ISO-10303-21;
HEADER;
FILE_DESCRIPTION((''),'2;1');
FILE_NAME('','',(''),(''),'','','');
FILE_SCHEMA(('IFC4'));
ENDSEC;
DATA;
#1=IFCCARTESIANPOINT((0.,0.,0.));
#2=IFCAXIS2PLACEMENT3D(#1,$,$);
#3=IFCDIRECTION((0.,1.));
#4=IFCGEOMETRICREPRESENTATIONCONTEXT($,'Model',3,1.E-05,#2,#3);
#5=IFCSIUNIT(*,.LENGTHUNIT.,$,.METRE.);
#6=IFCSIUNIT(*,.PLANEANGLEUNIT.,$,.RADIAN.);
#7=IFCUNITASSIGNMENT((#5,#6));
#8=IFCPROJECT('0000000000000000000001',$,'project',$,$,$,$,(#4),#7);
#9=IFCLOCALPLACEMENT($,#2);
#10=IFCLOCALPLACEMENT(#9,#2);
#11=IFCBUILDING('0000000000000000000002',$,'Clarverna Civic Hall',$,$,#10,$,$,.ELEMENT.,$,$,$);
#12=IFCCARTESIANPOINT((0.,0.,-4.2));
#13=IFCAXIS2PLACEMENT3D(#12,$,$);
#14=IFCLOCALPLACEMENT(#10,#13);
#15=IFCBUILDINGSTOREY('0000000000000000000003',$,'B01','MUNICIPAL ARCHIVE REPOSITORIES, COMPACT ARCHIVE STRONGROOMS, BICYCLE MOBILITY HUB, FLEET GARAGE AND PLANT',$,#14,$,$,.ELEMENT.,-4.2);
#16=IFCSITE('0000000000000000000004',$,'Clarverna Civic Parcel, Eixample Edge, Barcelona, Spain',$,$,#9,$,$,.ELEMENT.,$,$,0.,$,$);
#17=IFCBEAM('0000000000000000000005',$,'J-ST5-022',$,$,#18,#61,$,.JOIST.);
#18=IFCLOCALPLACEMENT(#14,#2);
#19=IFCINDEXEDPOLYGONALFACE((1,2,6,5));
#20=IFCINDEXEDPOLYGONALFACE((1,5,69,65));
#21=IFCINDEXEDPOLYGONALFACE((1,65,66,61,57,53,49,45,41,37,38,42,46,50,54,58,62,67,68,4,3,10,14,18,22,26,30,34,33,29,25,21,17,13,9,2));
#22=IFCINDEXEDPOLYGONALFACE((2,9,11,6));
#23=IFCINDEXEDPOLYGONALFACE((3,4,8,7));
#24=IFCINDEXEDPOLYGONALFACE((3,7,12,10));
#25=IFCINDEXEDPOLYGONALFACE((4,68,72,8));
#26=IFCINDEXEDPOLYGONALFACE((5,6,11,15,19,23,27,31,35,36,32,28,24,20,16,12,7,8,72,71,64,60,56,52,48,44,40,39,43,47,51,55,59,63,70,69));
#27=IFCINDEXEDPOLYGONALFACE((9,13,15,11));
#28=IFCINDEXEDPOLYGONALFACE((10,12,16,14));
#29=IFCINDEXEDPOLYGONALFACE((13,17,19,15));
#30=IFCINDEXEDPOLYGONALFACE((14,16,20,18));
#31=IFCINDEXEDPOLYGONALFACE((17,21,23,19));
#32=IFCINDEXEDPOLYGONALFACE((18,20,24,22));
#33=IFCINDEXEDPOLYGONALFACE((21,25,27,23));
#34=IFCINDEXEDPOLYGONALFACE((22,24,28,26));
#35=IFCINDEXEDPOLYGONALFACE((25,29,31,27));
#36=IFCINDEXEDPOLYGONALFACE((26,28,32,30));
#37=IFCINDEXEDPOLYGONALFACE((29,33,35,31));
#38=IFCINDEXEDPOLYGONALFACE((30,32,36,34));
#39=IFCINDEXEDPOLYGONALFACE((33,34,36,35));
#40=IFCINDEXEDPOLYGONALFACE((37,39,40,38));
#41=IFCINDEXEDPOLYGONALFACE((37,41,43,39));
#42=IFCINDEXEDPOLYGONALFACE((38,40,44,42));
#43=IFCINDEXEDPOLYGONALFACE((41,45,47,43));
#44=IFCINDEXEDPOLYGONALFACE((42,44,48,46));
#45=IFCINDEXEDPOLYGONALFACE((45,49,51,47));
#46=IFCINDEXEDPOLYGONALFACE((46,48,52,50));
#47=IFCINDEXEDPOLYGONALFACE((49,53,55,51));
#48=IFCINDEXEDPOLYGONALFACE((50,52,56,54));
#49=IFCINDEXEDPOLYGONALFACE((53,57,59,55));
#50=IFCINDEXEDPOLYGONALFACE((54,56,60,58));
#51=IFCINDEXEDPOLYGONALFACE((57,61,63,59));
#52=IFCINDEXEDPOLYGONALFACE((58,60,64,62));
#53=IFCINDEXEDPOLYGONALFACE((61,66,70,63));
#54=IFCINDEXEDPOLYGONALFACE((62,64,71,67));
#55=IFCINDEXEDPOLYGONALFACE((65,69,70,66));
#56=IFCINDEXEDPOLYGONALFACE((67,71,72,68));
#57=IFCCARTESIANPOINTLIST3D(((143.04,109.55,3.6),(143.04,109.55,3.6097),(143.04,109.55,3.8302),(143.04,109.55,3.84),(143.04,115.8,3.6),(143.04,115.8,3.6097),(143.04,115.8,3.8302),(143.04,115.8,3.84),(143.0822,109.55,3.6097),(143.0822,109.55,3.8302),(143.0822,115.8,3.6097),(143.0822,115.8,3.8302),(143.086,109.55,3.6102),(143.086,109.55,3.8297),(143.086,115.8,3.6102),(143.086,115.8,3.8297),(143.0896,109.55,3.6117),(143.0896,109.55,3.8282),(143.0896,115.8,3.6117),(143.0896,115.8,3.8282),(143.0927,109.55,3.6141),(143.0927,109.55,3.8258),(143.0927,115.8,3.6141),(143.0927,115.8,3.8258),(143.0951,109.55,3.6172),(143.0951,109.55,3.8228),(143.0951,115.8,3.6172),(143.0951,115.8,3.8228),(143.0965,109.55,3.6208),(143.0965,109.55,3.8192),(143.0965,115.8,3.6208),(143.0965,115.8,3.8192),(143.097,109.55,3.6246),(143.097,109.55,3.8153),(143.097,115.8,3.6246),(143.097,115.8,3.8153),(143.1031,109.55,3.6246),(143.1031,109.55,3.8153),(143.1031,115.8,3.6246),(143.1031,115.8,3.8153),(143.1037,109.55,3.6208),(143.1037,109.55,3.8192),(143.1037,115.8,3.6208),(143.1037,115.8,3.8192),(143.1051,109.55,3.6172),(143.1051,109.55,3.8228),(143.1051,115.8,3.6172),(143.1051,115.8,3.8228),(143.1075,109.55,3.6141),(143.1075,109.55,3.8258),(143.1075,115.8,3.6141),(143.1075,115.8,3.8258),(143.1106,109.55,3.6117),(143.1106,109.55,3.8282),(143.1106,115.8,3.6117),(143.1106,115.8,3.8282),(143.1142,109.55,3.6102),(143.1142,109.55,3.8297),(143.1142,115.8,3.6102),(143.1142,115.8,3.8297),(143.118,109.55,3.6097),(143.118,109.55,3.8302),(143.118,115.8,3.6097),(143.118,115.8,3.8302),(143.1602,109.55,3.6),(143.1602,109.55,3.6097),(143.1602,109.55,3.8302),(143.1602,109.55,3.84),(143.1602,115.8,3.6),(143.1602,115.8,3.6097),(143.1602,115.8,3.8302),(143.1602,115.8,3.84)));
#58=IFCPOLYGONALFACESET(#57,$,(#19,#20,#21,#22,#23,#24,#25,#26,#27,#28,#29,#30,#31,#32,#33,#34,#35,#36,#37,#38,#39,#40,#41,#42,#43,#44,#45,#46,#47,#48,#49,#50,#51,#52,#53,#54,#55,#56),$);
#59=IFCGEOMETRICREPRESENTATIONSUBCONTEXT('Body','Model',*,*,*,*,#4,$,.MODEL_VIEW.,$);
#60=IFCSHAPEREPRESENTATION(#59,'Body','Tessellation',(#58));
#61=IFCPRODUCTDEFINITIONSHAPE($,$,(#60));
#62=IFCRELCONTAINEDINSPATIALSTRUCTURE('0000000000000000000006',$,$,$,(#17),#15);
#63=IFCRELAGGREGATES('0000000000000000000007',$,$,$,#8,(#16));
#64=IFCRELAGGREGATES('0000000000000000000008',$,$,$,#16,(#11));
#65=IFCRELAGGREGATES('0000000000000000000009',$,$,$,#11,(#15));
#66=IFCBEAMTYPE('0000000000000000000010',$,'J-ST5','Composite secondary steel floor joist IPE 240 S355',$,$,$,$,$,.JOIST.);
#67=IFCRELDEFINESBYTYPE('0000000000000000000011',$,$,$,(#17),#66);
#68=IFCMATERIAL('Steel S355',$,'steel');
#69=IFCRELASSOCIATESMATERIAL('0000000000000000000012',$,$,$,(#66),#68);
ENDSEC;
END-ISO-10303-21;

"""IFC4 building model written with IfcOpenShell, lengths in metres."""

from ifc_helpers import new_model, si_unit, direction, frame, origin, origin_2d, place, context, subcontext, project, spatial, i_section, extrude, material, material_profile, profile_set, type_object, element, save


model = new_model("IFC4")

# Units and contexts
model_context = context("Model", 3, precision=1e-05, world=origin(), true_north=direction((0.0, 1.0)))
body_context = subcontext(model_context, "Body", "Model", "MODEL_VIEW")
ifc_project = project(units=[si_unit("LENGTHUNIT", "METRE"), si_unit("PLANEANGLEUNIT", "RADIAN")], contexts=[model_context])

# Site, building, storey
site_placement = place(None, origin())
site = spatial("IfcSite", under=ifc_project, at=site_placement, Name="Clarverna Civic Parcel, Eixample Edge, Barcelona, Spain", CompositionType="ELEMENT", RefElevation=0.0)
building_placement = place(site_placement, origin())
building = spatial("IfcBuilding", under=site, at=building_placement, Name="Clarverna Civic Hall", CompositionType="ELEMENT")
storey_placement = place(building_placement, frame((0.0, 0.0, -4.2)))
storey = spatial("IfcBuildingStorey", under=building, at=storey_placement, Name="B01", Description="MUNICIPAL ARCHIVE REPOSITORIES, COMPACT ARCHIVE STRONGROOMS, BICYCLE MOBILITY HUB, FLEET GARAGE AND PLANT", CompositionType="ELEMENT", Elevation=-4.2)

# Beam
ifc_material_1 = material(Name="Steel S355", Category="steel")
ifc_material_profile_1 = material_profile(ifc_material_1, i_section(OverallWidth=0.1201, OverallDepth=0.24, WebThickness=0.0061, FlangeThickness=0.0098, FilletRadius=0.0149, at=origin_2d()), Name="IPE 240")
ifc_profile_set_1 = profile_set([ifc_material_profile_1], Name="Steel S355")
beam_type_1 = type_object("IfcBeamType", Name="J-ST5", Description="Composite secondary steel floor joist IPE 240 S355", PredefinedType="JOIST", material=ifc_profile_set_1)
beam_1_placement = place(storey_placement, frame((143.1001, 109.55, 3.72), z_axis=(0.0, 1.0, 0.0), x_axis=(-1.0, 0.0, 0.0)))
element("IfcBeam", 1, at=beam_1_placement, inside=storey, type_object=beam_type_1, Name="J-ST5-022", PredefinedType="JOIST", context=body_context, shape_type="SweptSolid", body=[
    extrude(i_section(OverallWidth=0.1201, OverallDepth=0.24, WebThickness=0.0061, FlangeThickness=0.0098, FilletRadius=0.0149, at=origin_2d()), origin(), (0.0, 0.0, 1.0), 6.25),
])

save(model, "model.ifc")
